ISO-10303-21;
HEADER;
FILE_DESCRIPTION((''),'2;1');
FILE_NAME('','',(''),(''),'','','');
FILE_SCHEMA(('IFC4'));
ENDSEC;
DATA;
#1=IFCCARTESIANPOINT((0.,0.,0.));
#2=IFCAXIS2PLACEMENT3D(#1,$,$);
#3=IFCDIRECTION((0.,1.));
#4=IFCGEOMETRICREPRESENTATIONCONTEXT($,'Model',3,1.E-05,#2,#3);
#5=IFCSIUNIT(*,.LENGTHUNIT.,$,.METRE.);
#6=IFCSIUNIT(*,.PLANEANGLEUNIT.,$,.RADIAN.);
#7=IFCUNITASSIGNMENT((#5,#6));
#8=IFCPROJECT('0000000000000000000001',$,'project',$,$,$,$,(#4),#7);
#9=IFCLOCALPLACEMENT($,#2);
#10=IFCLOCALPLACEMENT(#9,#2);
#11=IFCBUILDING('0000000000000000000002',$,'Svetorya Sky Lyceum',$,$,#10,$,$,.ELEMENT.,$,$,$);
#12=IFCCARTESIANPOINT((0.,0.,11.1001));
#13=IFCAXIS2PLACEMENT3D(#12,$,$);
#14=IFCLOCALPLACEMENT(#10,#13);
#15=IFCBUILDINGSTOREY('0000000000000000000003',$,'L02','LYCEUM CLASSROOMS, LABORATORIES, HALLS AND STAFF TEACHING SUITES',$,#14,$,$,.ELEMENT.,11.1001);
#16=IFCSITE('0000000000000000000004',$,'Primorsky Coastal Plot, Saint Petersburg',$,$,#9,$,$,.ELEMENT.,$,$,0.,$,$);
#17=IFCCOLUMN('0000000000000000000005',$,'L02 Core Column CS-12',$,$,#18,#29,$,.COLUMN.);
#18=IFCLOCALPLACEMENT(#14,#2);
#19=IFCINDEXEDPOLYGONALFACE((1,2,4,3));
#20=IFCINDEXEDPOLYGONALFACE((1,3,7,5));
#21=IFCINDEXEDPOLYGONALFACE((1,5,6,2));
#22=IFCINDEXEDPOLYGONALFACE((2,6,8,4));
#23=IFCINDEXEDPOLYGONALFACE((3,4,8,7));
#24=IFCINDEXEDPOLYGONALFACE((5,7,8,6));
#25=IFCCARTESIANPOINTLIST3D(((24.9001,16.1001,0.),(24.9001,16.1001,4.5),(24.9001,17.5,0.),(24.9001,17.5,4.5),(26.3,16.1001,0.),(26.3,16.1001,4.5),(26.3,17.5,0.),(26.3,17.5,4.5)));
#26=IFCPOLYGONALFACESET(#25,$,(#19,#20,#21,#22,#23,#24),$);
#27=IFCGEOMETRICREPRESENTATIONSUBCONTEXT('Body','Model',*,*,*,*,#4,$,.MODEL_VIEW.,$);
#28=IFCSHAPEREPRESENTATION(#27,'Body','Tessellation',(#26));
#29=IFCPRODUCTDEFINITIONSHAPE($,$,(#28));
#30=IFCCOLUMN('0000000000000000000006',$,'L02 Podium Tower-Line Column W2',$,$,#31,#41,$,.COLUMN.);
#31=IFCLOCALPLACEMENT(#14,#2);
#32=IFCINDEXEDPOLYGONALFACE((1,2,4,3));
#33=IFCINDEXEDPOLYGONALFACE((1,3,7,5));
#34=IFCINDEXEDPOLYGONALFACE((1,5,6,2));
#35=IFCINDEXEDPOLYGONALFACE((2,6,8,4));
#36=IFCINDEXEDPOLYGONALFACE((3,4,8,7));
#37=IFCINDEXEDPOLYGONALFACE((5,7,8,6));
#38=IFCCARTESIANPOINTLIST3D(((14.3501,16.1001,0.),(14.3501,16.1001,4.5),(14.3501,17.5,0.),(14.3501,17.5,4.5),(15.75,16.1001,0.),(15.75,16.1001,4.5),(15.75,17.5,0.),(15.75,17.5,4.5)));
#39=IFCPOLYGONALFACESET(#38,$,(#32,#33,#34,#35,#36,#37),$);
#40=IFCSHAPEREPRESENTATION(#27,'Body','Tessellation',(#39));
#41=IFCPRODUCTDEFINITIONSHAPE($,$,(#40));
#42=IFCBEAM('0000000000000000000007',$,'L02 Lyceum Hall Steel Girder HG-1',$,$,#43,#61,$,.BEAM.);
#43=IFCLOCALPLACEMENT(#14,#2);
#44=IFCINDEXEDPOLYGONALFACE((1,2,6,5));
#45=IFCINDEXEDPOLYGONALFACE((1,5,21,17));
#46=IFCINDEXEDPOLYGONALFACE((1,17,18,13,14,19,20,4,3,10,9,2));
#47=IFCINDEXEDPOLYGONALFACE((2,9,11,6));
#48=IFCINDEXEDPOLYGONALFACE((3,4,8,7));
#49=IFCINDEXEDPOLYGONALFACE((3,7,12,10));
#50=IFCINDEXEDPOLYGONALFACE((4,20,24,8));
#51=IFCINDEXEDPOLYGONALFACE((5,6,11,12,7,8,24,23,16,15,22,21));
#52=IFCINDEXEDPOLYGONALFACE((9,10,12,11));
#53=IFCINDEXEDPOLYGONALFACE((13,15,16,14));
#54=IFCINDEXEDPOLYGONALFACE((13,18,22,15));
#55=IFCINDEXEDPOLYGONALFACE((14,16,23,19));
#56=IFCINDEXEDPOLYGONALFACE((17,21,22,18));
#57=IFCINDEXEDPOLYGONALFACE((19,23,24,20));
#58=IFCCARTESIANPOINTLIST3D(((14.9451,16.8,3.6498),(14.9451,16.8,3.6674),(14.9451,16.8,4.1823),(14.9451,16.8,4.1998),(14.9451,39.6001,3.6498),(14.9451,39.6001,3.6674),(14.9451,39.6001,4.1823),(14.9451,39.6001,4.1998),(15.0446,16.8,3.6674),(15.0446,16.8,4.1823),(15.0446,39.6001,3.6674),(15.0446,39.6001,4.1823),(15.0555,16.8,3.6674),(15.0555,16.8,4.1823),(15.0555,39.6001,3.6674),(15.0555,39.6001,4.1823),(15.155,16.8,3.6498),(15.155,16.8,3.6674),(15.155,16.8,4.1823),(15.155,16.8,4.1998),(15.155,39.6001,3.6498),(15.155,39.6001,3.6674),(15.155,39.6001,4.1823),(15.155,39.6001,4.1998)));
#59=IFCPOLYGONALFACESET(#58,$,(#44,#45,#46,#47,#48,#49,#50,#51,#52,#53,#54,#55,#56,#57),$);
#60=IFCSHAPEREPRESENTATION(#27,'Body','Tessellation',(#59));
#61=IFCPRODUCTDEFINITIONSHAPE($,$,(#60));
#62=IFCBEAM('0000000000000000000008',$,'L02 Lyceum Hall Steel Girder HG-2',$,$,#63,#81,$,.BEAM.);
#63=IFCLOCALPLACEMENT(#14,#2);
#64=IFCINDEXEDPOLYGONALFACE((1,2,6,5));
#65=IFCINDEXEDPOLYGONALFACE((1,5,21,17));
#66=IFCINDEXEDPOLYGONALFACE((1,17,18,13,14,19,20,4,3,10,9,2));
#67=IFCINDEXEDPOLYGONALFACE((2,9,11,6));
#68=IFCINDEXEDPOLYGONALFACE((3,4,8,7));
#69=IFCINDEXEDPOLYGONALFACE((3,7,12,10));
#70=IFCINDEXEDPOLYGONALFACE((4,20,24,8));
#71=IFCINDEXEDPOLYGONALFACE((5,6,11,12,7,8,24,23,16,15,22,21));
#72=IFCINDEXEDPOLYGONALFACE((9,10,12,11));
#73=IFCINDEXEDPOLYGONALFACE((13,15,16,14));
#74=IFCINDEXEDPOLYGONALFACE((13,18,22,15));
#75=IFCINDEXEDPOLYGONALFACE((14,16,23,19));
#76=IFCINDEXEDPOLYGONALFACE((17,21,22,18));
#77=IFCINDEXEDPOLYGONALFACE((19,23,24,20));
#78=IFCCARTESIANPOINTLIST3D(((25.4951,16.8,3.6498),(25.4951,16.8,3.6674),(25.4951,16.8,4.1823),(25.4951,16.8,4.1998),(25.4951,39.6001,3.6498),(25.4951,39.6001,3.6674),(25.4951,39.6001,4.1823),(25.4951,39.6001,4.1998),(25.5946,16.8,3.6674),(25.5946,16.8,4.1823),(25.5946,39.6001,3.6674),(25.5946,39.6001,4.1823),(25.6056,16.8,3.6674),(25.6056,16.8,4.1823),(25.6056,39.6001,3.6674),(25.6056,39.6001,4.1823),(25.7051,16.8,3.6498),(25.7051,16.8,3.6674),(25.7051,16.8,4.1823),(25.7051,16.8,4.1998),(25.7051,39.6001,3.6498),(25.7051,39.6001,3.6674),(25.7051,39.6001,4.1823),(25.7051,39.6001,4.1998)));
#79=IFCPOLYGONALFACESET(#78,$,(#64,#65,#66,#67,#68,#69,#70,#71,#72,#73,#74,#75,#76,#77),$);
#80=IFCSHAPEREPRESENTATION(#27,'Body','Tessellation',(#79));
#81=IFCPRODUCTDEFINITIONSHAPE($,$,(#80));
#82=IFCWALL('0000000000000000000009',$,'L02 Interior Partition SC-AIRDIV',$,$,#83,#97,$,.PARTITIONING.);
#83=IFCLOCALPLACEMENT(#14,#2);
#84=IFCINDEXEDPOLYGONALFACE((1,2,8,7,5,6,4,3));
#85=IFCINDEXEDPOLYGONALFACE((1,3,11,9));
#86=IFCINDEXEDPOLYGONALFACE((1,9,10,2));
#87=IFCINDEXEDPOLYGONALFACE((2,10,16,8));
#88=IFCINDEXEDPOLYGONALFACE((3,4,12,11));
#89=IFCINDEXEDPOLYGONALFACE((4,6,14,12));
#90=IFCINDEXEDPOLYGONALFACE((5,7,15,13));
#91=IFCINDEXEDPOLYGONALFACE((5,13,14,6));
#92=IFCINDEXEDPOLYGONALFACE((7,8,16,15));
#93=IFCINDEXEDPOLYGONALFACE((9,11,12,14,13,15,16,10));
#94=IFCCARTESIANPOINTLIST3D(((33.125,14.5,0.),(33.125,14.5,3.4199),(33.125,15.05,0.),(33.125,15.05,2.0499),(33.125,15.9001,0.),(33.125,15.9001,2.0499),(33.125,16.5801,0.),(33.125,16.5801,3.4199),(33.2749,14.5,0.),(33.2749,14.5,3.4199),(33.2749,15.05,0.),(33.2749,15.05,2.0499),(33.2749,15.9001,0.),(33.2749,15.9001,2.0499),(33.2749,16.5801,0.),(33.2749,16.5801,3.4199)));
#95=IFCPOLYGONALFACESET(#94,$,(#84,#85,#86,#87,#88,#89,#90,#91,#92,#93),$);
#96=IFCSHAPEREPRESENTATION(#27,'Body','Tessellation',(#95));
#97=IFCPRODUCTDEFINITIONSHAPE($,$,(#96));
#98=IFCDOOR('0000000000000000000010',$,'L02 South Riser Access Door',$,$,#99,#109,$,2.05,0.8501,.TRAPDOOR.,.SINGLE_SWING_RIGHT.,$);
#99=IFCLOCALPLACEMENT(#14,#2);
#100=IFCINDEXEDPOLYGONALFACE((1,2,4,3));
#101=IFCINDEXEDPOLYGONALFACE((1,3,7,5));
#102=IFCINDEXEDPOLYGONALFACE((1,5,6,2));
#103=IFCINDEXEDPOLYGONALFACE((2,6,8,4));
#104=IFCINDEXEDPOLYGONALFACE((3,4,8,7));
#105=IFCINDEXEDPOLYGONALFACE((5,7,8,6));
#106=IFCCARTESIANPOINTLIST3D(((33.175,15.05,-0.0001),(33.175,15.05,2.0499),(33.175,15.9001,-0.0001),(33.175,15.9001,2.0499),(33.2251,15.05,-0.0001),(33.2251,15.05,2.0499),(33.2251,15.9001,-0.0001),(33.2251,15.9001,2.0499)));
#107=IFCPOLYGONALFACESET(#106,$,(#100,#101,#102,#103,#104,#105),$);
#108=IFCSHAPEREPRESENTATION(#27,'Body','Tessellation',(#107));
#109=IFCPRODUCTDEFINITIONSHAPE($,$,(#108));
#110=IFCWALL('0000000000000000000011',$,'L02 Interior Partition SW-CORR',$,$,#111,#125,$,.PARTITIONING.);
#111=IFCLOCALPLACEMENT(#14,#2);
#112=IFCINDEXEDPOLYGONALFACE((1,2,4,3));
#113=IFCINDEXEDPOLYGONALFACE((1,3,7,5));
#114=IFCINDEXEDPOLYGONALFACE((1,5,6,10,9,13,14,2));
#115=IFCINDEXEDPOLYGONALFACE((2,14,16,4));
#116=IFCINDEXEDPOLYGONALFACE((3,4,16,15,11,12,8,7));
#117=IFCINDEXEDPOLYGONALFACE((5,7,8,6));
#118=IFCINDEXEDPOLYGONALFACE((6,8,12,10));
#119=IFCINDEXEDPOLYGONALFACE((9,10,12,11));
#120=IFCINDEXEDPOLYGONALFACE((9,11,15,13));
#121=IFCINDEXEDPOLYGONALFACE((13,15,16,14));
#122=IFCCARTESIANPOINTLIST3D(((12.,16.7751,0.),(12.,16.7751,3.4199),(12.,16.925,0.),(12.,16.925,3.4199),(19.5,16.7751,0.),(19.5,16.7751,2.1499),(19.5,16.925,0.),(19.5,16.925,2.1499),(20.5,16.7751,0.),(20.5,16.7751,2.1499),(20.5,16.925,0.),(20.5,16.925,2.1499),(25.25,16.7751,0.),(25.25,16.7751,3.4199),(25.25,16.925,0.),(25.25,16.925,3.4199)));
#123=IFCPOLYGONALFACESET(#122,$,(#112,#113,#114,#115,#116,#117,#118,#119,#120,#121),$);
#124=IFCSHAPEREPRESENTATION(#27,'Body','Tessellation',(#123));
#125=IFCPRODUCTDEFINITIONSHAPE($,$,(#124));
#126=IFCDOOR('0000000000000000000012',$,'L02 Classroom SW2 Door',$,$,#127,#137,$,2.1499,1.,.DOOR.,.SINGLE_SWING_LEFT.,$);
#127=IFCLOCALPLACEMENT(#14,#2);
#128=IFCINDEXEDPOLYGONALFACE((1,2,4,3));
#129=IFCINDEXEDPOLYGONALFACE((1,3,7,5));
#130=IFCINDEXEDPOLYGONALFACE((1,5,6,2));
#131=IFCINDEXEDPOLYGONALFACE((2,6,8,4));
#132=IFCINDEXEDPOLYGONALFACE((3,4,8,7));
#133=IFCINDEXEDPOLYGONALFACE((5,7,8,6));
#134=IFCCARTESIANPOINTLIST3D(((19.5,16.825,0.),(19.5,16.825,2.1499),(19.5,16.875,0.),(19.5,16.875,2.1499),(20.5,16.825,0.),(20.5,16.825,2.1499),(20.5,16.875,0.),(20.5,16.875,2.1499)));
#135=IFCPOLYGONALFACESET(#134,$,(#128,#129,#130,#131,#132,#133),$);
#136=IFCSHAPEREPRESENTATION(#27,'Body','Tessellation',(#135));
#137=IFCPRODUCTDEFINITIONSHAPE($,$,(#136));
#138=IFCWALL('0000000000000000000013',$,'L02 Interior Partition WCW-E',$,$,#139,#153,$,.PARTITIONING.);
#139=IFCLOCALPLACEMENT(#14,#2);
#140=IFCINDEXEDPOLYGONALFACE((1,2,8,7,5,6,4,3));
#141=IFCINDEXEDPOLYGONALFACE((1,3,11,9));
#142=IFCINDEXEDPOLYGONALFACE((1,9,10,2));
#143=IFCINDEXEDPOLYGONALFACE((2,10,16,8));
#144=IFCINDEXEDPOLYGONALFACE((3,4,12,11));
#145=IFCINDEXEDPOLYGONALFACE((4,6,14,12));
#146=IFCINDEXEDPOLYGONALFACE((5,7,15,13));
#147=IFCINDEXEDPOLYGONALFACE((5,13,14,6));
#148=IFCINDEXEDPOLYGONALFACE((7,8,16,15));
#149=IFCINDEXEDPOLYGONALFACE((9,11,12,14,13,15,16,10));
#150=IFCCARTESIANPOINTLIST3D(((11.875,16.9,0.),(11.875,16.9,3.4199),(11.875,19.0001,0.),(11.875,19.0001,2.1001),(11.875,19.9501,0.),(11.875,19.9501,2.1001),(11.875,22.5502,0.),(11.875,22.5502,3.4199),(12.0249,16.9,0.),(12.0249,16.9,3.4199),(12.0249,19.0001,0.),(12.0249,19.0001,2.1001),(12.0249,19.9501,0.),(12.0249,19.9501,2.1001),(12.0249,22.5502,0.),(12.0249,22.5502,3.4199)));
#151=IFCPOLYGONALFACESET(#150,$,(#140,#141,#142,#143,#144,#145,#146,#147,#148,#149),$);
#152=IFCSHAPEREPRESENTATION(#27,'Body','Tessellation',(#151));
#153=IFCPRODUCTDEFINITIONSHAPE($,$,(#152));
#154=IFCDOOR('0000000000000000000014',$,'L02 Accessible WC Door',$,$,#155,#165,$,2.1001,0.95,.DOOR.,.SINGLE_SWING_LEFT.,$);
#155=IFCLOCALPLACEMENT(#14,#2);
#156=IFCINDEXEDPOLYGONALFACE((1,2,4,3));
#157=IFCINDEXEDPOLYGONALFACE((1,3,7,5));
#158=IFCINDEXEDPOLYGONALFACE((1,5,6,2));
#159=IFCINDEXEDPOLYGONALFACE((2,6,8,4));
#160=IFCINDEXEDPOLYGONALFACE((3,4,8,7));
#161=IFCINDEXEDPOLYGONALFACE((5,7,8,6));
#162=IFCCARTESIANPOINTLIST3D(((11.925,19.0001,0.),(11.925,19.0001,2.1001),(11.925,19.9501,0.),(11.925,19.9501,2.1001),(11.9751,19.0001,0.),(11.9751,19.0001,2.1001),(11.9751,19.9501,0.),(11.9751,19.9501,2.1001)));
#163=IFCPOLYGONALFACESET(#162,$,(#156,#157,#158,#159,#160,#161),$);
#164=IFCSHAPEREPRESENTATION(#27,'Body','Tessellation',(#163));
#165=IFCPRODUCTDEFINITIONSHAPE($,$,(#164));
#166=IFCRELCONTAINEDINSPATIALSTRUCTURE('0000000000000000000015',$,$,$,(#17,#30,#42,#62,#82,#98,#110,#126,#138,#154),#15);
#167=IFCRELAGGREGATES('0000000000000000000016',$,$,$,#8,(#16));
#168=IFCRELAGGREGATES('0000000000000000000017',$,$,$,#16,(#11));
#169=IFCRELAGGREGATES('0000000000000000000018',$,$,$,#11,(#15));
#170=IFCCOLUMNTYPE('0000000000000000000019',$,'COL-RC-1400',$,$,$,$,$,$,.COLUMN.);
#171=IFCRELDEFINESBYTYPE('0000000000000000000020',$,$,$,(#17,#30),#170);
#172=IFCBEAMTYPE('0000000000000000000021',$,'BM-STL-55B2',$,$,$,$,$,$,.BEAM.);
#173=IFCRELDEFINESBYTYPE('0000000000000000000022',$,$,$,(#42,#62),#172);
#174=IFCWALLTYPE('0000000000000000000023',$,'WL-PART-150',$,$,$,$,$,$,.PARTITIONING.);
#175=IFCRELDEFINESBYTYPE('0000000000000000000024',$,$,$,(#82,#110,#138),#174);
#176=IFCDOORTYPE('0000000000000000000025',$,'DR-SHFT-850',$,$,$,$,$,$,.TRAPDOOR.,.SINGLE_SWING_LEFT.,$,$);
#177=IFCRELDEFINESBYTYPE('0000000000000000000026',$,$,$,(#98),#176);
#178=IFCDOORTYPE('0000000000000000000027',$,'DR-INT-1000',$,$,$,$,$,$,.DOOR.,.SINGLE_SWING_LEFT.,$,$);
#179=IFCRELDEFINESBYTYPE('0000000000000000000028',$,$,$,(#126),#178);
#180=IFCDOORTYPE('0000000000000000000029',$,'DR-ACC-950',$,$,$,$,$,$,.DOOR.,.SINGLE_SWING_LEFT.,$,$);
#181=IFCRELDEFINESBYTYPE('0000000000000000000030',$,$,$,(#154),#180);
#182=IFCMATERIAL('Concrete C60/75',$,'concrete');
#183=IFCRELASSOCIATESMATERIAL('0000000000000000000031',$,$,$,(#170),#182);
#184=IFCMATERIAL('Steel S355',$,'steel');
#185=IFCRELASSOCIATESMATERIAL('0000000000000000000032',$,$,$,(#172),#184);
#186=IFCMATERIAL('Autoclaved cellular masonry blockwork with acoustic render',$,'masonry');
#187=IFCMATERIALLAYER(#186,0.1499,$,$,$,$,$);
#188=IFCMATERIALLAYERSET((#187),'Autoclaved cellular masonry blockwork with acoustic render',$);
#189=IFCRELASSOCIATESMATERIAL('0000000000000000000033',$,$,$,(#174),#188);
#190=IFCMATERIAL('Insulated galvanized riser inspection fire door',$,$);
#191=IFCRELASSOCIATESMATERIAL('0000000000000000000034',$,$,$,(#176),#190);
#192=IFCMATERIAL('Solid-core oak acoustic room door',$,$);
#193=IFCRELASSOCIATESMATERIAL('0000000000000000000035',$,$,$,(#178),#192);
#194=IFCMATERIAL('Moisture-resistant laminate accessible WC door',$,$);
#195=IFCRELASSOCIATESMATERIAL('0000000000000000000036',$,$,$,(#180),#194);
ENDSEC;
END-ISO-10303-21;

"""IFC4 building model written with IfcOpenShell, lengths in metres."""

from ifc_helpers import new_model, si_unit, direction, frame, frame_2d, origin, origin_2d, place, context, subcontext, project, spatial, rectangle, i_section, extrude, material, layer, layer_set, material_profile, profile_set, type_object, element, fill, save


model = new_model("IFC4")

# Units and contexts
model_context = context("Model", 3, precision=1e-05, world=origin(), true_north=direction((0.0, 1.0)))
body_context = subcontext(model_context, "Body", "Model", "MODEL_VIEW")
ifc_project = project(units=[si_unit("LENGTHUNIT", "METRE"), si_unit("PLANEANGLEUNIT", "RADIAN")], contexts=[model_context])

# Site, building, storey
site_placement = place(None, origin())
site = spatial("IfcSite", under=ifc_project, at=site_placement, Name="Primorsky Coastal Plot, Saint Petersburg", CompositionType="ELEMENT", RefElevation=0.0)
building_placement = place(site_placement, origin())
building = spatial("IfcBuilding", under=site, at=building_placement, Name="Svetorya Sky Lyceum", CompositionType="ELEMENT")
storey_placement = place(building_placement, frame((0.0, 0.0, 11.1001)))
storey = spatial("IfcBuildingStorey", under=building, at=storey_placement, Name="L02", Description="LYCEUM CLASSROOMS, LABORATORIES, HALLS AND STAFF TEACHING SUITES", CompositionType="ELEMENT", Elevation=11.1001)

# Columns
ifc_material_1 = material(Name="Concrete C60/75", Category="concrete")
ifc_material_profile_1 = material_profile(ifc_material_1, rectangle(XDim=1.3999, YDim=1.3999, at=origin_2d()), Name="RC COL 1400x1400")
ifc_profile_set_1 = profile_set([ifc_material_profile_1], Name="Concrete C60/75")
column_type = type_object("IfcColumnType", Name="COL-RC-1400", PredefinedType="COLUMN", material=ifc_profile_set_1)
for number, where, z_axis, x_axis, name in (
    (1, (25.6001, 16.8, 0.0), (0.0, 0.0, 1.0), (1.0, 0.0, 0.0), "L02 Core Column CS-12"),
    (2, (15.05, 16.8, 0.0), (0.0, 0.0, 1.0), (1.0, 0.0, 0.0), "L02 Podium Tower-Line Column W2"),
):
    element("IfcColumn", number, at=place(storey_placement, frame(where, z_axis=z_axis, x_axis=x_axis)), inside=storey, type_object=column_type, Name=name, PredefinedType="COLUMN", context=body_context, shape_type="SweptSolid", body=[
        extrude(rectangle(XDim=1.3999, YDim=1.3999, at=origin_2d()), origin(), (0.0, 0.0, 1.0), 4.5),
    ])

# Beams
ifc_material_2 = material(Name="Steel S355", Category="steel")
ifc_material_profile_2 = material_profile(ifc_material_2, i_section(OverallWidth=0.21, OverallDepth=0.55, WebThickness=0.011, FlangeThickness=0.0176, at=origin_2d()), Name="GOST 55B2")
ifc_profile_set_2 = profile_set([ifc_material_profile_2], Name="Steel S355")
beam_type = type_object("IfcBeamType", Name="BM-STL-55B2", PredefinedType="BEAM", material=ifc_profile_set_2)
for number, where, z_axis, x_axis, name in (
    (3, (15.05, 16.8, 3.9248), (0.0, 1.0, 0.0), (-1.0, 0.0, 0.0), "L02 Lyceum Hall Steel Girder HG-1"),
    (4, (25.6001, 16.8, 3.9248), (0.0, 1.0, 0.0), (-1.0, 0.0, 0.0), "L02 Lyceum Hall Steel Girder HG-2"),
):
    element("IfcBeam", number, at=place(storey_placement, frame(where, z_axis=z_axis, x_axis=x_axis)), inside=storey, type_object=beam_type, Name=name, PredefinedType="BEAM", context=body_context, shape_type="SweptSolid", body=[
        extrude(i_section(OverallWidth=0.21, OverallDepth=0.55, WebThickness=0.011, FlangeThickness=0.0176, at=origin_2d()), origin(), (0.0, 0.0, 1.0), 22.8),
    ])

# Walls, openings, doors
ifc_material_3 = material(Name="Autoclaved cellular masonry blockwork with acoustic render", Category="masonry")
ifc_layer_1 = layer(ifc_material_3, 0.1499)
ifc_layer_set_1 = layer_set([ifc_layer_1], Name="Autoclaved cellular masonry blockwork with acoustic render")
wall_type_1 = type_object("IfcWallType", Name="WL-PART-150", PredefinedType="PARTITIONING", material=ifc_layer_set_1)
wall_1_placement = place(storey_placement, frame((33.2, 14.5, 0.0), z_axis=(0.0, 0.0, 1.0), x_axis=(0.0, 1.0, 0.0)))
wall_1 = element("IfcWall", 5, at=wall_1_placement, inside=storey, type_object=wall_type_1, Name="L02 Interior Partition SC-AIRDIV", PredefinedType="PARTITIONING", context=body_context, shape_type="SweptSolid", body=[
    extrude(rectangle(XDim=2.0801, YDim=0.1499, at=frame_2d((1.04, 0.0))), origin(), (0.0, 0.0, 1.0), 3.4199),
])
opening_1_placement = place(wall_1_placement, frame((0.55, 0.0, 0.0)))
opening_1 = element("IfcOpeningElement", 6, at=opening_1_placement, cuts=wall_1, PredefinedType="OPENING", context=body_context, shape_type="SweptSolid", body=[
    extrude(rectangle(XDim=0.8501, YDim=2.05, at=frame_2d((0.425, 1.0249))), frame((0.0, 0.085, 0.0), z_axis=(0.0, -1.0, 0.0), x_axis=(1.0, 0.0, 0.0)), (0.0, 0.0, 1.0), 0.1699),
])
ifc_material_4 = material(Name="Insulated galvanized riser inspection fire door")
door_type_1 = type_object("IfcDoorType", Name="DR-SHFT-850", OperationType="SINGLE_SWING_LEFT", PredefinedType="TRAPDOOR", material=ifc_material_4)
door_1_placement = place(opening_1_placement, origin())
door_1 = element("IfcDoor", 7, at=door_1_placement, inside=storey, type_object=door_type_1, Name="L02 South Riser Access Door", OperationType="SINGLE_SWING_RIGHT", OverallHeight=2.05, OverallWidth=0.8501, PredefinedType="TRAPDOOR", context=body_context, shape_type="SweptSolid", body=[
    extrude(rectangle(XDim=0.8501, YDim=2.05, at=frame_2d((0.425, 1.0249))), frame((0.0, 0.0249, 0.0), z_axis=(0.0, -1.0, 0.0), x_axis=(1.0, 0.0, 0.0)), (0.0, 0.0, 1.0), 0.05),
])
fill(opening_1, door_1)
wall_2_placement = place(storey_placement, frame((12.0, 16.8501, 0.0), z_axis=(0.0, 0.0, 1.0), x_axis=(1.0, 0.0, 0.0)))
wall_2 = element("IfcWall", 8, at=wall_2_placement, inside=storey, type_object=wall_type_1, Name="L02 Interior Partition SW-CORR", PredefinedType="PARTITIONING", context=body_context, shape_type="SweptSolid", body=[
    extrude(rectangle(XDim=13.25, YDim=0.1499, at=frame_2d((6.625, 0.0))), origin(), (0.0, 0.0, 1.0), 3.4199),
])
opening_2_placement = place(wall_2_placement, frame((7.5, 0.0, 0.0)))
opening_2 = element("IfcOpeningElement", 9, at=opening_2_placement, cuts=wall_2, PredefinedType="OPENING", context=body_context, shape_type="SweptSolid", body=[
    extrude(rectangle(XDim=1.0, YDim=2.1499, at=frame_2d((0.5, 1.075))), frame((0.0, 0.085, 0.0), z_axis=(0.0, -1.0, 0.0), x_axis=(1.0, 0.0, 0.0)), (0.0, 0.0, 1.0), 0.1699),
])
ifc_material_5 = material(Name="Solid-core oak acoustic room door")
door_type_2 = type_object("IfcDoorType", Name="DR-INT-1000", OperationType="SINGLE_SWING_LEFT", PredefinedType="DOOR", material=ifc_material_5)
door_2_placement = place(opening_2_placement, origin())
door_2 = element("IfcDoor", 10, at=door_2_placement, inside=storey, type_object=door_type_2, Name="L02 Classroom SW2 Door", OperationType="SINGLE_SWING_LEFT", OverallHeight=2.1499, OverallWidth=1.0, PredefinedType="DOOR", context=body_context, shape_type="SweptSolid", body=[
    extrude(rectangle(XDim=1.0, YDim=2.1499, at=frame_2d((0.5, 1.075))), frame((0.0, 0.0249, 0.0), z_axis=(0.0, -1.0, 0.0), x_axis=(1.0, 0.0, 0.0)), (0.0, 0.0, 1.0), 0.05),
])
fill(opening_2, door_2)
wall_3_placement = place(storey_placement, frame((11.95, 16.8999, 0.0), z_axis=(0.0, 0.0, 1.0), x_axis=(0.0, 1.0, 0.0)))
wall_3 = element("IfcWall", 11, at=wall_3_placement, inside=storey, type_object=wall_type_1, Name="L02 Interior Partition WCW-E", PredefinedType="PARTITIONING", context=body_context, shape_type="SweptSolid", body=[
    extrude(rectangle(XDim=5.6501, YDim=0.1499, at=frame_2d((2.8252, 0.0))), origin(), (0.0, 0.0, 1.0), 3.4199),
])
opening_3_placement = place(wall_3_placement, frame((2.1001, 0.0, 0.0)))
opening_3 = element("IfcOpeningElement", 12, at=opening_3_placement, cuts=wall_3, PredefinedType="OPENING", context=body_context, shape_type="SweptSolid", body=[
    extrude(rectangle(XDim=0.95, YDim=2.1001, at=frame_2d((0.4751, 1.05))), frame((0.0, 0.085, 0.0), z_axis=(0.0, -1.0, 0.0), x_axis=(1.0, 0.0, 0.0)), (0.0, 0.0, 1.0), 0.1699),
])
ifc_material_6 = material(Name="Moisture-resistant laminate accessible WC door")
door_type_3 = type_object("IfcDoorType", Name="DR-ACC-950", OperationType="SINGLE_SWING_LEFT", PredefinedType="DOOR", material=ifc_material_6)
door_3_placement = place(opening_3_placement, origin())
door_3 = element("IfcDoor", 13, at=door_3_placement, inside=storey, type_object=door_type_3, Name="L02 Accessible WC Door", OperationType="SINGLE_SWING_LEFT", OverallHeight=2.1001, OverallWidth=0.95, PredefinedType="DOOR", context=body_context, shape_type="SweptSolid", body=[
    extrude(rectangle(XDim=0.95, YDim=2.1001, at=frame_2d((0.4751, 1.05))), frame((0.0, 0.0249, 0.0), z_axis=(0.0, -1.0, 0.0), x_axis=(1.0, 0.0, 0.0)), (0.0, 0.0, 1.0), 0.05),
])
fill(opening_3, door_3)

save(model, "model.ifc")
